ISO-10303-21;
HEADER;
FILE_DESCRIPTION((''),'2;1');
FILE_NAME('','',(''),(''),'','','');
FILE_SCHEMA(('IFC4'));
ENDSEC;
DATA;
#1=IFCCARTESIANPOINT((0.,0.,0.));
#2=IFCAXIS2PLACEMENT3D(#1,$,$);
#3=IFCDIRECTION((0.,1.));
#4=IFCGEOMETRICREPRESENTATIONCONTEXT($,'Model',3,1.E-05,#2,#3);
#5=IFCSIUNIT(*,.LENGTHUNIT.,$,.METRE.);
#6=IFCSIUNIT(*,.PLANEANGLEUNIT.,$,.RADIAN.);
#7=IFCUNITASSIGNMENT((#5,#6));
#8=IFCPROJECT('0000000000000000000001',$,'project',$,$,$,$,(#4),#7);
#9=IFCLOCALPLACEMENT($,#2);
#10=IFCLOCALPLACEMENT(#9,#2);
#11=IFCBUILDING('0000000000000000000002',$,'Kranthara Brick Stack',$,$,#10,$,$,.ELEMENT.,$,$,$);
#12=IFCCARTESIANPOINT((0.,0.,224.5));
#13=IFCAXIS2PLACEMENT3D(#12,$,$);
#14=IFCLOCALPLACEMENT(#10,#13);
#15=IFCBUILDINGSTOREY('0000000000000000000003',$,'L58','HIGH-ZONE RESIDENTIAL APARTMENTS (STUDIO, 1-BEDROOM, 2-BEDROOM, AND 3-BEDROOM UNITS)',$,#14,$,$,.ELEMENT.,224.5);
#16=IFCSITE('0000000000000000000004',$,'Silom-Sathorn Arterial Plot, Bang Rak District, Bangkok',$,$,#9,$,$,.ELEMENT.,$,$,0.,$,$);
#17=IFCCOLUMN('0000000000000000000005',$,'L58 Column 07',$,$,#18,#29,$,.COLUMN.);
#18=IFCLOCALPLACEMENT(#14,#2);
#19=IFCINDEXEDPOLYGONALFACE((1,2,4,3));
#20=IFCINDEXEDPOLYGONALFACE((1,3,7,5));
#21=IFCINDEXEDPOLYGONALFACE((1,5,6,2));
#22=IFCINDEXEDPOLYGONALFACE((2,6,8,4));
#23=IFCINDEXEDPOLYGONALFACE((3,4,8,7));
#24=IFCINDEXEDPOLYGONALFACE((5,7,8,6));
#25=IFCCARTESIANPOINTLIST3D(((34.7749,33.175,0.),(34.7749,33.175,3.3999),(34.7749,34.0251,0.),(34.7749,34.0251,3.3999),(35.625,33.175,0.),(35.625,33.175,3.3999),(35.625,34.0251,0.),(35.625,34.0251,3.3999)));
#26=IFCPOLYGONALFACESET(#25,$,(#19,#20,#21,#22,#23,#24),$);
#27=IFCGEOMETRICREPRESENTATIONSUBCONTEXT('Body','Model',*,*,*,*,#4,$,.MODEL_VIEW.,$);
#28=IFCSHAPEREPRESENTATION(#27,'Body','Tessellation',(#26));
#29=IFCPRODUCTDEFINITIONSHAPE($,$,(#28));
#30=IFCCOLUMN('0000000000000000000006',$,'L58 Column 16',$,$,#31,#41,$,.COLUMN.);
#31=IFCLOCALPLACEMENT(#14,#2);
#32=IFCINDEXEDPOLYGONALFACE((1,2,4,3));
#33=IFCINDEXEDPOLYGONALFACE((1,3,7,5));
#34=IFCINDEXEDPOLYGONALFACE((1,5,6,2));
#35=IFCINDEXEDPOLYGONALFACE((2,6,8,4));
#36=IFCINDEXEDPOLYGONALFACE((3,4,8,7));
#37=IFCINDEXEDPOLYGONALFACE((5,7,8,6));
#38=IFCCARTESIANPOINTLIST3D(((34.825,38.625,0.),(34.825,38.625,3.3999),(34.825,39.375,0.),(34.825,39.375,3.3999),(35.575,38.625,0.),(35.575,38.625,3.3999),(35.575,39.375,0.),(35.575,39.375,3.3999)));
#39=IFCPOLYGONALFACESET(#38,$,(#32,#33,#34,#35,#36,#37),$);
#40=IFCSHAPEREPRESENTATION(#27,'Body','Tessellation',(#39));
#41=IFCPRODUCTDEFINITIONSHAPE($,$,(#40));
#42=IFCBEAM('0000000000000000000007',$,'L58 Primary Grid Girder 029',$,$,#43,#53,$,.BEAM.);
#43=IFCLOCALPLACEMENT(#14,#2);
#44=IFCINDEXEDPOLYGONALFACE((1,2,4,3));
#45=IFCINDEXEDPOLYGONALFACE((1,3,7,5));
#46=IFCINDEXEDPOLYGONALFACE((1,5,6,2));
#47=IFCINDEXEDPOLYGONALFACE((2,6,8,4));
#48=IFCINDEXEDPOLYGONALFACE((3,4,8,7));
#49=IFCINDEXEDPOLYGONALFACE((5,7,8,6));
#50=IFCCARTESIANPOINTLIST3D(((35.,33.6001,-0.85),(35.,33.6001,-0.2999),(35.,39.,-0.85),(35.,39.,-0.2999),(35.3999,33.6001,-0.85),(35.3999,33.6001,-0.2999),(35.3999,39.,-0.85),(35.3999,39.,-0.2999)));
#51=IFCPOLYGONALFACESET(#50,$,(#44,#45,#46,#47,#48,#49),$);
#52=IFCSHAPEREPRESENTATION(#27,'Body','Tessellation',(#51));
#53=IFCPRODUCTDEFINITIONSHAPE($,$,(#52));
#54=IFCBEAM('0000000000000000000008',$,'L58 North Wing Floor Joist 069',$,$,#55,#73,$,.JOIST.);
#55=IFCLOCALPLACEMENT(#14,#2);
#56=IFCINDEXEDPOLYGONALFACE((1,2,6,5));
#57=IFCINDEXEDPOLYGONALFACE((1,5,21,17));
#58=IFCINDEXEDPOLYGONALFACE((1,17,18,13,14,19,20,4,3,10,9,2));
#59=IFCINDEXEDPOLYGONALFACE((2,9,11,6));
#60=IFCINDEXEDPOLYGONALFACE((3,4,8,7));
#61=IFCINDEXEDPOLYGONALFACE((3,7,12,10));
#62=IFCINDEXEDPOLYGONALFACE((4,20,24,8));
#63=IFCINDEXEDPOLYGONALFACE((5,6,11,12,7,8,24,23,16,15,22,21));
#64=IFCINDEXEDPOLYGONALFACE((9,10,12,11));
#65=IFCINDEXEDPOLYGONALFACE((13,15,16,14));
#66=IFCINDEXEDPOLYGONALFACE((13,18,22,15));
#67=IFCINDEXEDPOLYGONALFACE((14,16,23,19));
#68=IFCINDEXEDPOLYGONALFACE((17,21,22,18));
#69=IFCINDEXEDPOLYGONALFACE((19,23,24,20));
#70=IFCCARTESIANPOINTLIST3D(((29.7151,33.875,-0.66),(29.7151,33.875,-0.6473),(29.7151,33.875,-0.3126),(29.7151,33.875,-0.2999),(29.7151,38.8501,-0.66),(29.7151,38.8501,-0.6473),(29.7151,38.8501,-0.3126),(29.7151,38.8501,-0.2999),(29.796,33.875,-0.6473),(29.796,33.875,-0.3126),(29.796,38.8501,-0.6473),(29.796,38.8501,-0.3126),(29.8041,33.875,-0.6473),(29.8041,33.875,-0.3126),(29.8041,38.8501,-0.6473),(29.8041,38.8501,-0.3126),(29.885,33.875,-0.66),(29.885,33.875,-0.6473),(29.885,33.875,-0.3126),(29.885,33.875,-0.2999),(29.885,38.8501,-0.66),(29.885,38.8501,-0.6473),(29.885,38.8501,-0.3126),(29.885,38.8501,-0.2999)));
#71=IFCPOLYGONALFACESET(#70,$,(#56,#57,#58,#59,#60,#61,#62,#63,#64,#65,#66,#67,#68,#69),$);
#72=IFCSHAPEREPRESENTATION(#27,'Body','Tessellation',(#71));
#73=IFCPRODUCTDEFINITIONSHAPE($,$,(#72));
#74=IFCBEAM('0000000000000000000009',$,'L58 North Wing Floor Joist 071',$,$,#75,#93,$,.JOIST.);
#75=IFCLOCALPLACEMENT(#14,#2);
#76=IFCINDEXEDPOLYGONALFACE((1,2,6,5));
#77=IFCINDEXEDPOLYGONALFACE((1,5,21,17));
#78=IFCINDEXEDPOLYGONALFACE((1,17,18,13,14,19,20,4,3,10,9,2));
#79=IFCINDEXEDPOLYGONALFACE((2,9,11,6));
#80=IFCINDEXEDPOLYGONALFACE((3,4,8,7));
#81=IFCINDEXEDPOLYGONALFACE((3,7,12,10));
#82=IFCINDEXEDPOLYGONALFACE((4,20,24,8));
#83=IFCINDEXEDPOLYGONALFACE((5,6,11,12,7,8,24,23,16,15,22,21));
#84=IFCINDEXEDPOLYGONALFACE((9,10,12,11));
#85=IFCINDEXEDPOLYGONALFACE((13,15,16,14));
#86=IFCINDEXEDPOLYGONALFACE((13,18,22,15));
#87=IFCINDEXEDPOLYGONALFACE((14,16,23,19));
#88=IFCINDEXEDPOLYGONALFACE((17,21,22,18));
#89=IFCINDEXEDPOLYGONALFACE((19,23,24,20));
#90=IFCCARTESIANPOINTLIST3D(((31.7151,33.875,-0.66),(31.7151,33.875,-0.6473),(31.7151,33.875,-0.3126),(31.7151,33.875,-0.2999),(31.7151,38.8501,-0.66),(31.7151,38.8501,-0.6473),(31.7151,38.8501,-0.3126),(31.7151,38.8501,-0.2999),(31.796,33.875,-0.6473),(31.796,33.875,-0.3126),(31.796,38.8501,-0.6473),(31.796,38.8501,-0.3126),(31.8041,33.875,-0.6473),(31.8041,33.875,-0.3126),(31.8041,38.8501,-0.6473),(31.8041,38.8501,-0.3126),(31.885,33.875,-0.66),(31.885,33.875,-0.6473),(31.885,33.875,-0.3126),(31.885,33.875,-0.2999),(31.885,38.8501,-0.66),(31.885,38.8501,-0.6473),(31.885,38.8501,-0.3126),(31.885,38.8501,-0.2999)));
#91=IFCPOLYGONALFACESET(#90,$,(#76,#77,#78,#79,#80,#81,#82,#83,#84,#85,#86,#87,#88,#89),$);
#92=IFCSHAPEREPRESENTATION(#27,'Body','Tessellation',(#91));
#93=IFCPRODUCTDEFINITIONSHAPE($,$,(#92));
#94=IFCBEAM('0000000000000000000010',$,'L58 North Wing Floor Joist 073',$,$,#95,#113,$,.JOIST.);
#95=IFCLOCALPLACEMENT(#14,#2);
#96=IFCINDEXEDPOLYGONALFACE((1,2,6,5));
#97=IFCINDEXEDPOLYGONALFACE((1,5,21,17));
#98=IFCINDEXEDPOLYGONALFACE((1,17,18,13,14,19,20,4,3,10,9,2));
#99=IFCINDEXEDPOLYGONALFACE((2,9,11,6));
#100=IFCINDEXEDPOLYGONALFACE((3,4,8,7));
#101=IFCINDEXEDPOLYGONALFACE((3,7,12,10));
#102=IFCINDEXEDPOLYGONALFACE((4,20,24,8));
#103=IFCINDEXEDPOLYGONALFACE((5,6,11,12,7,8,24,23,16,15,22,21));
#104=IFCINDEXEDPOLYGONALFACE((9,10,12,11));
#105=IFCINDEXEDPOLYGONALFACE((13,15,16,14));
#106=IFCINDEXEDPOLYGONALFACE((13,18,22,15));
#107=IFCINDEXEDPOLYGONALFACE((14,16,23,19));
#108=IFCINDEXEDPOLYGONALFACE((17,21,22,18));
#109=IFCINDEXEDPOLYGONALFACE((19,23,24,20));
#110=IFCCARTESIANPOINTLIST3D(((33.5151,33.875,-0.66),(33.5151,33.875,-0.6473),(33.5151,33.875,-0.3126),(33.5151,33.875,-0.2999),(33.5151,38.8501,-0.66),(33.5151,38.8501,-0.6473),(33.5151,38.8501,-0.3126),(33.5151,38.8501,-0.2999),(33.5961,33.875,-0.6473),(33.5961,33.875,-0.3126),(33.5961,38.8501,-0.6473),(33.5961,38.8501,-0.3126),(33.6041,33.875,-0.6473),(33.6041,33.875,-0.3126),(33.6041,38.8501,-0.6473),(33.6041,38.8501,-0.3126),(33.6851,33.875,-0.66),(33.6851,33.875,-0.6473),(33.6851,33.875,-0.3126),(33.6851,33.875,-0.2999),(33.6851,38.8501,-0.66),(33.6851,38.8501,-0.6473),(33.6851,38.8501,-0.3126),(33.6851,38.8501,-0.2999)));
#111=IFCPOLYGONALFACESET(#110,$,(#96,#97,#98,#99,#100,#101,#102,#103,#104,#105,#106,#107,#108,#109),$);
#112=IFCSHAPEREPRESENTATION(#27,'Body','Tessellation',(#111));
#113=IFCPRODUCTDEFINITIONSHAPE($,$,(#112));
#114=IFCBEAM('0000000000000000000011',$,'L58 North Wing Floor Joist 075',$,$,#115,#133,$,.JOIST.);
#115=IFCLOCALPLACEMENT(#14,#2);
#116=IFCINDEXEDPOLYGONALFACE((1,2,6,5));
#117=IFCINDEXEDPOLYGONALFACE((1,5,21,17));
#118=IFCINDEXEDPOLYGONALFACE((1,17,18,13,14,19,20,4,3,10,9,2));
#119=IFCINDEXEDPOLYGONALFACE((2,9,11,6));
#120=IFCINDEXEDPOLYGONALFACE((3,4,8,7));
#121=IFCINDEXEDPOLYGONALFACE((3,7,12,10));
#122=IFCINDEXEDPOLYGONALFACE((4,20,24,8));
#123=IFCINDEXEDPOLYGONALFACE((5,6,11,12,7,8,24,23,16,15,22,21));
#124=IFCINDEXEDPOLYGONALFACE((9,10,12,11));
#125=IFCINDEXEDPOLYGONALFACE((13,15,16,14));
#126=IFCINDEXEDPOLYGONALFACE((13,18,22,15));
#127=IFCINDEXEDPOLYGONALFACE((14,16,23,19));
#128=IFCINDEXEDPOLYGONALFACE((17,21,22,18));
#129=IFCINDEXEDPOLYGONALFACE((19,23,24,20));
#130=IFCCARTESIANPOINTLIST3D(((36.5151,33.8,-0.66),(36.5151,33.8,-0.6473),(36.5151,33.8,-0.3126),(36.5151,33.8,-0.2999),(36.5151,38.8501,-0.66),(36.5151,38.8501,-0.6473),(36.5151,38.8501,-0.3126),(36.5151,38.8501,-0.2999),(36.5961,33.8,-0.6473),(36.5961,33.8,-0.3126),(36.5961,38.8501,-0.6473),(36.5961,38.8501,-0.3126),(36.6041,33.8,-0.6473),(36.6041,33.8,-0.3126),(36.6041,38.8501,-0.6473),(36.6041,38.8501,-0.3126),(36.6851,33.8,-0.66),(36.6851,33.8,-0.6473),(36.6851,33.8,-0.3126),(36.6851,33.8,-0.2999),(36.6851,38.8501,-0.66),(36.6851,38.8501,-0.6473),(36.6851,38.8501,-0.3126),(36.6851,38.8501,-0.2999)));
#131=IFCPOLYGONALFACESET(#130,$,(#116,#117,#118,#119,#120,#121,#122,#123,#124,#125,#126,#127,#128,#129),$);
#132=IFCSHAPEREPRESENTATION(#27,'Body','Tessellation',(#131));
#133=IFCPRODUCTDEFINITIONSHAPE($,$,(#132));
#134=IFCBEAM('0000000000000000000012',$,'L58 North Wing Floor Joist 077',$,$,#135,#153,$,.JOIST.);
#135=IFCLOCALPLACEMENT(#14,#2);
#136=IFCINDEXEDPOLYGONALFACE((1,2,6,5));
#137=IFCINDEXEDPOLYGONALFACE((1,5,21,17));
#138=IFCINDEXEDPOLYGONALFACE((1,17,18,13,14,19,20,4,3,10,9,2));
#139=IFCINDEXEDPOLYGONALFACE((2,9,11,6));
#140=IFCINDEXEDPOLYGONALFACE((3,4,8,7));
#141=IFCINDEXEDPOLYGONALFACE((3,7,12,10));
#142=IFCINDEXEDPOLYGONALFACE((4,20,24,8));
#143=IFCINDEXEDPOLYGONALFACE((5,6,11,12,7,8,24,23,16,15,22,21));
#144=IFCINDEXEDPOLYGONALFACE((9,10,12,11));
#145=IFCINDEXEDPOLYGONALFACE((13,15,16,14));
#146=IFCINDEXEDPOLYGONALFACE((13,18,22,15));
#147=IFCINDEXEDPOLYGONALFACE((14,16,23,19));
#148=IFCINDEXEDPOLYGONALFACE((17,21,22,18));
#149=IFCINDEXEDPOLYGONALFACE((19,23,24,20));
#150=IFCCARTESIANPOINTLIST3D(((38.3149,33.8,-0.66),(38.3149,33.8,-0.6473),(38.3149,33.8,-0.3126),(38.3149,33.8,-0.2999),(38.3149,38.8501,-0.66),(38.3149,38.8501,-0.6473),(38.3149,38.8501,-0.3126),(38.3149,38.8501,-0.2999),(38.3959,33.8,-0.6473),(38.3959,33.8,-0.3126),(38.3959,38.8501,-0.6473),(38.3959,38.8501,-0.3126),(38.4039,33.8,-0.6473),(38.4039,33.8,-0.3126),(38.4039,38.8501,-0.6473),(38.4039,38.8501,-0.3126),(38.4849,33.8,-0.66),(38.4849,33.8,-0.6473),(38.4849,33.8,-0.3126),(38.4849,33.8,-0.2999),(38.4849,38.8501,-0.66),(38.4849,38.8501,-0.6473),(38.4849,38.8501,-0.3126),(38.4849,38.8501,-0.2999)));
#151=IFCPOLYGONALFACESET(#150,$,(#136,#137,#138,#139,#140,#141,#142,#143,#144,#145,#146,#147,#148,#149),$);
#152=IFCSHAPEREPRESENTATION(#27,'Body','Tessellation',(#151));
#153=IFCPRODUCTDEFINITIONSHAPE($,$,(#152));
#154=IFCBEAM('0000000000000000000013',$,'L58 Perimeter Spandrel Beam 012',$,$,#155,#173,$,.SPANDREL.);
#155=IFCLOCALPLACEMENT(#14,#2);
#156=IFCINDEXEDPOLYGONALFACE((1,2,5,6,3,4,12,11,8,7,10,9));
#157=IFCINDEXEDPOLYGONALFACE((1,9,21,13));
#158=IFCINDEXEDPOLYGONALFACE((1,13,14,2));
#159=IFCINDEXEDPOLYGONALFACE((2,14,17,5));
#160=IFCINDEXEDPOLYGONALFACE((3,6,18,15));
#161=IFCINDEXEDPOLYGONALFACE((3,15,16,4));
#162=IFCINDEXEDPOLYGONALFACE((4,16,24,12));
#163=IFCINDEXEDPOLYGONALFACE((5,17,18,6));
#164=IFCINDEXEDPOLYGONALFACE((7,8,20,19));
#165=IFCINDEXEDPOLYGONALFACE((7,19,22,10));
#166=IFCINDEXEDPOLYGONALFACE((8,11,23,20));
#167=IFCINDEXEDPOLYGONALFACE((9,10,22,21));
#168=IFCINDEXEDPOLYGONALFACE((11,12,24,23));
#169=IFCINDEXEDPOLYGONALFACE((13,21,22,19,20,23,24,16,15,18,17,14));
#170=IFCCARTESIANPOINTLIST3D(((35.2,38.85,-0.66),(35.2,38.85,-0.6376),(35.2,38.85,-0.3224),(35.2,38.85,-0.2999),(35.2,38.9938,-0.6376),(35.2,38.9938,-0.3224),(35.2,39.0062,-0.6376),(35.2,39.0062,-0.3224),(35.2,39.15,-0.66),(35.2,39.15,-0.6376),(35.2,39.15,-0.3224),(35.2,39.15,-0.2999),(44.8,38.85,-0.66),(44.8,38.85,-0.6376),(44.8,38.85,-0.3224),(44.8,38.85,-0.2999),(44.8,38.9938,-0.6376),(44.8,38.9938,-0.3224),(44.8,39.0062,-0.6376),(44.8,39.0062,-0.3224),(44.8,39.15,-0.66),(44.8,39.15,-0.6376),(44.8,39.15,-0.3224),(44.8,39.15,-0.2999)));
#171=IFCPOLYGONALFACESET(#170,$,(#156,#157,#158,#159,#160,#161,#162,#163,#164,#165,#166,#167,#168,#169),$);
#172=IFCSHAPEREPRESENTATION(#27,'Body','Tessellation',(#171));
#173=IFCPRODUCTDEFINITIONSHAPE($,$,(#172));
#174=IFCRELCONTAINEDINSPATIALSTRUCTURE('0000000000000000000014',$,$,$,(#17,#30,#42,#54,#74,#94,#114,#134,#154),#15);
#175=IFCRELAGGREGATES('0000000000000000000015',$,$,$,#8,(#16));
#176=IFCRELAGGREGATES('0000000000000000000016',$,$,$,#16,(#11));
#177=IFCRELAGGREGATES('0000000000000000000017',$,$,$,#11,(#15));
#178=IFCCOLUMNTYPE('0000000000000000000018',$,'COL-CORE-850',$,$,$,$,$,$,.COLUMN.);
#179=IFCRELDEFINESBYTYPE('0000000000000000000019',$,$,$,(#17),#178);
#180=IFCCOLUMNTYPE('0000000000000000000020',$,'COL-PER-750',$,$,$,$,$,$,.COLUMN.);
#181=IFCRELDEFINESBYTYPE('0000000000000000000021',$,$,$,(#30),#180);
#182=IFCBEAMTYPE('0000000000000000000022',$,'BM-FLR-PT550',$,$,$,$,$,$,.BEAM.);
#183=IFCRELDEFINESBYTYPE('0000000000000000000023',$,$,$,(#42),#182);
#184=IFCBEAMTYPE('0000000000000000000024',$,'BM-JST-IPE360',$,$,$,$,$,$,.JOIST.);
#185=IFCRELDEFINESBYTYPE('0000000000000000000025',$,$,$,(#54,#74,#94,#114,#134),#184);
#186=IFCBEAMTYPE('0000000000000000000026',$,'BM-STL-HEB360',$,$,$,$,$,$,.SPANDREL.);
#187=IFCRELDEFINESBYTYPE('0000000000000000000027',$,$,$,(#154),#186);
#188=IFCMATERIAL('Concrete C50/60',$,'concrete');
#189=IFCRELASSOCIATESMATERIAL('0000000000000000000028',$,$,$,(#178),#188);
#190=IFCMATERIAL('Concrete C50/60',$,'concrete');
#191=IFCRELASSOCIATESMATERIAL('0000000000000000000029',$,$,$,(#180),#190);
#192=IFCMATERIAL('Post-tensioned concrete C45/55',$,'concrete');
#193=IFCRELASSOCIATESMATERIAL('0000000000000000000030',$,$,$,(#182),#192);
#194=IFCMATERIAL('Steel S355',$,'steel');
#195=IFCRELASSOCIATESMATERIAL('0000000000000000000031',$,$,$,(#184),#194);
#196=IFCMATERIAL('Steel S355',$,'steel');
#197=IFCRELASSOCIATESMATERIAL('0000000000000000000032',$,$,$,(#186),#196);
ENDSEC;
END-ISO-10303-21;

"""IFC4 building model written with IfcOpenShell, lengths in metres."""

from ifc_helpers import new_model, si_unit, direction, frame, origin, origin_2d, place, context, subcontext, project, spatial, rectangle, i_section, extrude, material, material_profile, profile_set, type_object, element, save


model = new_model("IFC4")

# Units and contexts
model_context = context("Model", 3, precision=1e-05, world=origin(), true_north=direction((0.0, 1.0)))
body_context = subcontext(model_context, "Body", "Model", "MODEL_VIEW")
ifc_project = project(units=[si_unit("LENGTHUNIT", "METRE"), si_unit("PLANEANGLEUNIT", "RADIAN")], contexts=[model_context])

# Site, building, storey
site_placement = place(None, origin())
site = spatial("IfcSite", under=ifc_project, at=site_placement, Name="Silom-Sathorn Arterial Plot, Bang Rak District, Bangkok", CompositionType="ELEMENT", RefElevation=0.0)
building_placement = place(site_placement, origin())
building = spatial("IfcBuilding", under=site, at=building_placement, Name="Kranthara Brick Stack", CompositionType="ELEMENT")
storey_placement = place(building_placement, frame((0.0, 0.0, 224.5)))
storey = spatial("IfcBuildingStorey", under=building, at=storey_placement, Name="L58", Description="HIGH-ZONE RESIDENTIAL APARTMENTS (STUDIO, 1-BEDROOM, 2-BEDROOM, AND 3-BEDROOM UNITS)", CompositionType="ELEMENT", Elevation=224.5)

# Columns
ifc_material_1 = material(Name="Concrete C50/60", Category="concrete")
ifc_material_profile_1 = material_profile(ifc_material_1, rectangle(XDim=0.8501, YDim=0.8501, at=origin_2d()), Name="RC 850x850")
ifc_profile_set_1 = profile_set([ifc_material_profile_1], Name="Concrete C50/60")
column_type_1 = type_object("IfcColumnType", Name="COL-CORE-850", PredefinedType="COLUMN", material=ifc_profile_set_1)
column_1_placement = place(storey_placement, frame((35.2, 33.6001, 0.0), z_axis=(0.0, 0.0, 1.0), x_axis=(1.0, 0.0, 0.0)))
element("IfcColumn", 1, at=column_1_placement, inside=storey, type_object=column_type_1, Name="L58 Column 07", PredefinedType="COLUMN", context=body_context, shape_type="SweptSolid", body=[
    extrude(rectangle(XDim=0.8501, YDim=0.8501, at=origin_2d()), origin(), (0.0, 0.0, 1.0), 3.3999),
])
ifc_material_2 = material(Name="Concrete C50/60", Category="concrete")
ifc_material_profile_2 = material_profile(ifc_material_2, rectangle(XDim=0.75, YDim=0.75, at=origin_2d()), Name="RC 750x750")
ifc_profile_set_2 = profile_set([ifc_material_profile_2], Name="Concrete C50/60")
column_type_2 = type_object("IfcColumnType", Name="COL-PER-750", PredefinedType="COLUMN", material=ifc_profile_set_2)
column_2_placement = place(storey_placement, frame((35.2, 39.0, 0.0), z_axis=(0.0, 0.0, 1.0), x_axis=(1.0, 0.0, 0.0)))
element("IfcColumn", 2, at=column_2_placement, inside=storey, type_object=column_type_2, Name="L58 Column 16", PredefinedType="COLUMN", context=body_context, shape_type="SweptSolid", body=[
    extrude(rectangle(XDim=0.75, YDim=0.75, at=origin_2d()), origin(), (0.0, 0.0, 1.0), 3.3999),
])

# Beams
ifc_material_3 = material(Name="Post-tensioned concrete C45/55", Category="concrete")
ifc_material_profile_3 = material_profile(ifc_material_3, rectangle(XDim=0.3999, YDim=0.55, at=origin_2d()), Name="PT 400x550")
ifc_profile_set_3 = profile_set([ifc_material_profile_3], Name="Post-tensioned concrete C45/55")
beam_type_1 = type_object("IfcBeamType", Name="BM-FLR-PT550", PredefinedType="BEAM", material=ifc_profile_set_3)
beam_1_placement = place(storey_placement, frame((35.2, 33.6001, -0.575), z_axis=(0.0, 1.0, 0.0), x_axis=(-1.0, 0.0, 0.0)))
element("IfcBeam", 3, at=beam_1_placement, inside=storey, type_object=beam_type_1, Name="L58 Primary Grid Girder 029", PredefinedType="BEAM", context=body_context, shape_type="SweptSolid", body=[
    extrude(rectangle(XDim=0.3999, YDim=0.55, at=origin_2d()), origin(), (0.0, 0.0, 1.0), 5.3999),
])
ifc_material_4 = material(Name="Steel S355", Category="steel")
ifc_material_profile_4 = material_profile(ifc_material_4, i_section(OverallWidth=0.1699, OverallDepth=0.3601, WebThickness=0.0081, FlangeThickness=0.0127, at=origin_2d()), Name="IPE 360")
ifc_profile_set_4 = profile_set([ifc_material_profile_4], Name="Steel S355")
beam_type_2 = type_object("IfcBeamType", Name="BM-JST-IPE360", PredefinedType="JOIST", material=ifc_profile_set_4)
for number, where, z_axis, x_axis, name in (
    (4, (29.8, 33.875, -0.48), (0.0, 1.0, 0.0), (-1.0, 0.0, 0.0), "L58 North Wing Floor Joist 069"),
    (5, (31.8, 33.875, -0.48), (0.0, 1.0, 0.0), (-1.0, 0.0, 0.0), "L58 North Wing Floor Joist 071"),
    (6, (33.6001, 33.875, -0.48), (0.0, 1.0, 0.0), (-1.0, 0.0, 0.0), "L58 North Wing Floor Joist 073"),
):
    element("IfcBeam", number, at=place(storey_placement, frame(where, z_axis=z_axis, x_axis=x_axis)), inside=storey, type_object=beam_type_2, Name=name, PredefinedType="JOIST", context=body_context, shape_type="SweptSolid", body=[
        extrude(i_section(OverallWidth=0.1699, OverallDepth=0.3601, WebThickness=0.0081, FlangeThickness=0.0127, at=origin_2d()), origin(), (0.0, 0.0, 1.0), 4.9751),
    ])
for number, where, z_axis, x_axis, name in (
    (7, (36.6001, 33.8, -0.48), (0.0, 1.0, 0.0), (-1.0, 0.0, 0.0), "L58 North Wing Floor Joist 075"),
    (8, (38.3999, 33.8, -0.48), (0.0, 1.0, 0.0), (-1.0, 0.0, 0.0), "L58 North Wing Floor Joist 077"),
):
    element("IfcBeam", number, at=place(storey_placement, frame(where, z_axis=z_axis, x_axis=x_axis)), inside=storey, type_object=beam_type_2, Name=name, PredefinedType="JOIST", context=body_context, shape_type="SweptSolid", body=[
        extrude(i_section(OverallWidth=0.1699, OverallDepth=0.3601, WebThickness=0.0081, FlangeThickness=0.0127, at=origin_2d()), origin(), (0.0, 0.0, 1.0), 5.05),
    ])
ifc_material_5 = material(Name="Steel S355", Category="steel")
ifc_material_profile_5 = material_profile(ifc_material_5, i_section(OverallWidth=0.3, OverallDepth=0.3601, WebThickness=0.0125, FlangeThickness=0.0225, at=origin_2d()), Name="HEB 360")
ifc_profile_set_5 = profile_set([ifc_material_profile_5], Name="Steel S355")
beam_type_3 = type_object("IfcBeamType", Name="BM-STL-HEB360", PredefinedType="SPANDREL", material=ifc_profile_set_5)
beam_2_placement = place(storey_placement, frame((35.2, 39.0, -0.48), z_axis=(1.0, 0.0, 0.0), x_axis=(0.0, 1.0, 0.0)))
element("IfcBeam", 9, at=beam_2_placement, inside=storey, type_object=beam_type_3, Name="L58 Perimeter Spandrel Beam 012", PredefinedType="SPANDREL", context=body_context, shape_type="SweptSolid", body=[
    extrude(i_section(OverallWidth=0.3, OverallDepth=0.3601, WebThickness=0.0125, FlangeThickness=0.0225, at=origin_2d()), origin(), (0.0, 0.0, 1.0), 9.6001),
])

save(model, "model.ifc")
